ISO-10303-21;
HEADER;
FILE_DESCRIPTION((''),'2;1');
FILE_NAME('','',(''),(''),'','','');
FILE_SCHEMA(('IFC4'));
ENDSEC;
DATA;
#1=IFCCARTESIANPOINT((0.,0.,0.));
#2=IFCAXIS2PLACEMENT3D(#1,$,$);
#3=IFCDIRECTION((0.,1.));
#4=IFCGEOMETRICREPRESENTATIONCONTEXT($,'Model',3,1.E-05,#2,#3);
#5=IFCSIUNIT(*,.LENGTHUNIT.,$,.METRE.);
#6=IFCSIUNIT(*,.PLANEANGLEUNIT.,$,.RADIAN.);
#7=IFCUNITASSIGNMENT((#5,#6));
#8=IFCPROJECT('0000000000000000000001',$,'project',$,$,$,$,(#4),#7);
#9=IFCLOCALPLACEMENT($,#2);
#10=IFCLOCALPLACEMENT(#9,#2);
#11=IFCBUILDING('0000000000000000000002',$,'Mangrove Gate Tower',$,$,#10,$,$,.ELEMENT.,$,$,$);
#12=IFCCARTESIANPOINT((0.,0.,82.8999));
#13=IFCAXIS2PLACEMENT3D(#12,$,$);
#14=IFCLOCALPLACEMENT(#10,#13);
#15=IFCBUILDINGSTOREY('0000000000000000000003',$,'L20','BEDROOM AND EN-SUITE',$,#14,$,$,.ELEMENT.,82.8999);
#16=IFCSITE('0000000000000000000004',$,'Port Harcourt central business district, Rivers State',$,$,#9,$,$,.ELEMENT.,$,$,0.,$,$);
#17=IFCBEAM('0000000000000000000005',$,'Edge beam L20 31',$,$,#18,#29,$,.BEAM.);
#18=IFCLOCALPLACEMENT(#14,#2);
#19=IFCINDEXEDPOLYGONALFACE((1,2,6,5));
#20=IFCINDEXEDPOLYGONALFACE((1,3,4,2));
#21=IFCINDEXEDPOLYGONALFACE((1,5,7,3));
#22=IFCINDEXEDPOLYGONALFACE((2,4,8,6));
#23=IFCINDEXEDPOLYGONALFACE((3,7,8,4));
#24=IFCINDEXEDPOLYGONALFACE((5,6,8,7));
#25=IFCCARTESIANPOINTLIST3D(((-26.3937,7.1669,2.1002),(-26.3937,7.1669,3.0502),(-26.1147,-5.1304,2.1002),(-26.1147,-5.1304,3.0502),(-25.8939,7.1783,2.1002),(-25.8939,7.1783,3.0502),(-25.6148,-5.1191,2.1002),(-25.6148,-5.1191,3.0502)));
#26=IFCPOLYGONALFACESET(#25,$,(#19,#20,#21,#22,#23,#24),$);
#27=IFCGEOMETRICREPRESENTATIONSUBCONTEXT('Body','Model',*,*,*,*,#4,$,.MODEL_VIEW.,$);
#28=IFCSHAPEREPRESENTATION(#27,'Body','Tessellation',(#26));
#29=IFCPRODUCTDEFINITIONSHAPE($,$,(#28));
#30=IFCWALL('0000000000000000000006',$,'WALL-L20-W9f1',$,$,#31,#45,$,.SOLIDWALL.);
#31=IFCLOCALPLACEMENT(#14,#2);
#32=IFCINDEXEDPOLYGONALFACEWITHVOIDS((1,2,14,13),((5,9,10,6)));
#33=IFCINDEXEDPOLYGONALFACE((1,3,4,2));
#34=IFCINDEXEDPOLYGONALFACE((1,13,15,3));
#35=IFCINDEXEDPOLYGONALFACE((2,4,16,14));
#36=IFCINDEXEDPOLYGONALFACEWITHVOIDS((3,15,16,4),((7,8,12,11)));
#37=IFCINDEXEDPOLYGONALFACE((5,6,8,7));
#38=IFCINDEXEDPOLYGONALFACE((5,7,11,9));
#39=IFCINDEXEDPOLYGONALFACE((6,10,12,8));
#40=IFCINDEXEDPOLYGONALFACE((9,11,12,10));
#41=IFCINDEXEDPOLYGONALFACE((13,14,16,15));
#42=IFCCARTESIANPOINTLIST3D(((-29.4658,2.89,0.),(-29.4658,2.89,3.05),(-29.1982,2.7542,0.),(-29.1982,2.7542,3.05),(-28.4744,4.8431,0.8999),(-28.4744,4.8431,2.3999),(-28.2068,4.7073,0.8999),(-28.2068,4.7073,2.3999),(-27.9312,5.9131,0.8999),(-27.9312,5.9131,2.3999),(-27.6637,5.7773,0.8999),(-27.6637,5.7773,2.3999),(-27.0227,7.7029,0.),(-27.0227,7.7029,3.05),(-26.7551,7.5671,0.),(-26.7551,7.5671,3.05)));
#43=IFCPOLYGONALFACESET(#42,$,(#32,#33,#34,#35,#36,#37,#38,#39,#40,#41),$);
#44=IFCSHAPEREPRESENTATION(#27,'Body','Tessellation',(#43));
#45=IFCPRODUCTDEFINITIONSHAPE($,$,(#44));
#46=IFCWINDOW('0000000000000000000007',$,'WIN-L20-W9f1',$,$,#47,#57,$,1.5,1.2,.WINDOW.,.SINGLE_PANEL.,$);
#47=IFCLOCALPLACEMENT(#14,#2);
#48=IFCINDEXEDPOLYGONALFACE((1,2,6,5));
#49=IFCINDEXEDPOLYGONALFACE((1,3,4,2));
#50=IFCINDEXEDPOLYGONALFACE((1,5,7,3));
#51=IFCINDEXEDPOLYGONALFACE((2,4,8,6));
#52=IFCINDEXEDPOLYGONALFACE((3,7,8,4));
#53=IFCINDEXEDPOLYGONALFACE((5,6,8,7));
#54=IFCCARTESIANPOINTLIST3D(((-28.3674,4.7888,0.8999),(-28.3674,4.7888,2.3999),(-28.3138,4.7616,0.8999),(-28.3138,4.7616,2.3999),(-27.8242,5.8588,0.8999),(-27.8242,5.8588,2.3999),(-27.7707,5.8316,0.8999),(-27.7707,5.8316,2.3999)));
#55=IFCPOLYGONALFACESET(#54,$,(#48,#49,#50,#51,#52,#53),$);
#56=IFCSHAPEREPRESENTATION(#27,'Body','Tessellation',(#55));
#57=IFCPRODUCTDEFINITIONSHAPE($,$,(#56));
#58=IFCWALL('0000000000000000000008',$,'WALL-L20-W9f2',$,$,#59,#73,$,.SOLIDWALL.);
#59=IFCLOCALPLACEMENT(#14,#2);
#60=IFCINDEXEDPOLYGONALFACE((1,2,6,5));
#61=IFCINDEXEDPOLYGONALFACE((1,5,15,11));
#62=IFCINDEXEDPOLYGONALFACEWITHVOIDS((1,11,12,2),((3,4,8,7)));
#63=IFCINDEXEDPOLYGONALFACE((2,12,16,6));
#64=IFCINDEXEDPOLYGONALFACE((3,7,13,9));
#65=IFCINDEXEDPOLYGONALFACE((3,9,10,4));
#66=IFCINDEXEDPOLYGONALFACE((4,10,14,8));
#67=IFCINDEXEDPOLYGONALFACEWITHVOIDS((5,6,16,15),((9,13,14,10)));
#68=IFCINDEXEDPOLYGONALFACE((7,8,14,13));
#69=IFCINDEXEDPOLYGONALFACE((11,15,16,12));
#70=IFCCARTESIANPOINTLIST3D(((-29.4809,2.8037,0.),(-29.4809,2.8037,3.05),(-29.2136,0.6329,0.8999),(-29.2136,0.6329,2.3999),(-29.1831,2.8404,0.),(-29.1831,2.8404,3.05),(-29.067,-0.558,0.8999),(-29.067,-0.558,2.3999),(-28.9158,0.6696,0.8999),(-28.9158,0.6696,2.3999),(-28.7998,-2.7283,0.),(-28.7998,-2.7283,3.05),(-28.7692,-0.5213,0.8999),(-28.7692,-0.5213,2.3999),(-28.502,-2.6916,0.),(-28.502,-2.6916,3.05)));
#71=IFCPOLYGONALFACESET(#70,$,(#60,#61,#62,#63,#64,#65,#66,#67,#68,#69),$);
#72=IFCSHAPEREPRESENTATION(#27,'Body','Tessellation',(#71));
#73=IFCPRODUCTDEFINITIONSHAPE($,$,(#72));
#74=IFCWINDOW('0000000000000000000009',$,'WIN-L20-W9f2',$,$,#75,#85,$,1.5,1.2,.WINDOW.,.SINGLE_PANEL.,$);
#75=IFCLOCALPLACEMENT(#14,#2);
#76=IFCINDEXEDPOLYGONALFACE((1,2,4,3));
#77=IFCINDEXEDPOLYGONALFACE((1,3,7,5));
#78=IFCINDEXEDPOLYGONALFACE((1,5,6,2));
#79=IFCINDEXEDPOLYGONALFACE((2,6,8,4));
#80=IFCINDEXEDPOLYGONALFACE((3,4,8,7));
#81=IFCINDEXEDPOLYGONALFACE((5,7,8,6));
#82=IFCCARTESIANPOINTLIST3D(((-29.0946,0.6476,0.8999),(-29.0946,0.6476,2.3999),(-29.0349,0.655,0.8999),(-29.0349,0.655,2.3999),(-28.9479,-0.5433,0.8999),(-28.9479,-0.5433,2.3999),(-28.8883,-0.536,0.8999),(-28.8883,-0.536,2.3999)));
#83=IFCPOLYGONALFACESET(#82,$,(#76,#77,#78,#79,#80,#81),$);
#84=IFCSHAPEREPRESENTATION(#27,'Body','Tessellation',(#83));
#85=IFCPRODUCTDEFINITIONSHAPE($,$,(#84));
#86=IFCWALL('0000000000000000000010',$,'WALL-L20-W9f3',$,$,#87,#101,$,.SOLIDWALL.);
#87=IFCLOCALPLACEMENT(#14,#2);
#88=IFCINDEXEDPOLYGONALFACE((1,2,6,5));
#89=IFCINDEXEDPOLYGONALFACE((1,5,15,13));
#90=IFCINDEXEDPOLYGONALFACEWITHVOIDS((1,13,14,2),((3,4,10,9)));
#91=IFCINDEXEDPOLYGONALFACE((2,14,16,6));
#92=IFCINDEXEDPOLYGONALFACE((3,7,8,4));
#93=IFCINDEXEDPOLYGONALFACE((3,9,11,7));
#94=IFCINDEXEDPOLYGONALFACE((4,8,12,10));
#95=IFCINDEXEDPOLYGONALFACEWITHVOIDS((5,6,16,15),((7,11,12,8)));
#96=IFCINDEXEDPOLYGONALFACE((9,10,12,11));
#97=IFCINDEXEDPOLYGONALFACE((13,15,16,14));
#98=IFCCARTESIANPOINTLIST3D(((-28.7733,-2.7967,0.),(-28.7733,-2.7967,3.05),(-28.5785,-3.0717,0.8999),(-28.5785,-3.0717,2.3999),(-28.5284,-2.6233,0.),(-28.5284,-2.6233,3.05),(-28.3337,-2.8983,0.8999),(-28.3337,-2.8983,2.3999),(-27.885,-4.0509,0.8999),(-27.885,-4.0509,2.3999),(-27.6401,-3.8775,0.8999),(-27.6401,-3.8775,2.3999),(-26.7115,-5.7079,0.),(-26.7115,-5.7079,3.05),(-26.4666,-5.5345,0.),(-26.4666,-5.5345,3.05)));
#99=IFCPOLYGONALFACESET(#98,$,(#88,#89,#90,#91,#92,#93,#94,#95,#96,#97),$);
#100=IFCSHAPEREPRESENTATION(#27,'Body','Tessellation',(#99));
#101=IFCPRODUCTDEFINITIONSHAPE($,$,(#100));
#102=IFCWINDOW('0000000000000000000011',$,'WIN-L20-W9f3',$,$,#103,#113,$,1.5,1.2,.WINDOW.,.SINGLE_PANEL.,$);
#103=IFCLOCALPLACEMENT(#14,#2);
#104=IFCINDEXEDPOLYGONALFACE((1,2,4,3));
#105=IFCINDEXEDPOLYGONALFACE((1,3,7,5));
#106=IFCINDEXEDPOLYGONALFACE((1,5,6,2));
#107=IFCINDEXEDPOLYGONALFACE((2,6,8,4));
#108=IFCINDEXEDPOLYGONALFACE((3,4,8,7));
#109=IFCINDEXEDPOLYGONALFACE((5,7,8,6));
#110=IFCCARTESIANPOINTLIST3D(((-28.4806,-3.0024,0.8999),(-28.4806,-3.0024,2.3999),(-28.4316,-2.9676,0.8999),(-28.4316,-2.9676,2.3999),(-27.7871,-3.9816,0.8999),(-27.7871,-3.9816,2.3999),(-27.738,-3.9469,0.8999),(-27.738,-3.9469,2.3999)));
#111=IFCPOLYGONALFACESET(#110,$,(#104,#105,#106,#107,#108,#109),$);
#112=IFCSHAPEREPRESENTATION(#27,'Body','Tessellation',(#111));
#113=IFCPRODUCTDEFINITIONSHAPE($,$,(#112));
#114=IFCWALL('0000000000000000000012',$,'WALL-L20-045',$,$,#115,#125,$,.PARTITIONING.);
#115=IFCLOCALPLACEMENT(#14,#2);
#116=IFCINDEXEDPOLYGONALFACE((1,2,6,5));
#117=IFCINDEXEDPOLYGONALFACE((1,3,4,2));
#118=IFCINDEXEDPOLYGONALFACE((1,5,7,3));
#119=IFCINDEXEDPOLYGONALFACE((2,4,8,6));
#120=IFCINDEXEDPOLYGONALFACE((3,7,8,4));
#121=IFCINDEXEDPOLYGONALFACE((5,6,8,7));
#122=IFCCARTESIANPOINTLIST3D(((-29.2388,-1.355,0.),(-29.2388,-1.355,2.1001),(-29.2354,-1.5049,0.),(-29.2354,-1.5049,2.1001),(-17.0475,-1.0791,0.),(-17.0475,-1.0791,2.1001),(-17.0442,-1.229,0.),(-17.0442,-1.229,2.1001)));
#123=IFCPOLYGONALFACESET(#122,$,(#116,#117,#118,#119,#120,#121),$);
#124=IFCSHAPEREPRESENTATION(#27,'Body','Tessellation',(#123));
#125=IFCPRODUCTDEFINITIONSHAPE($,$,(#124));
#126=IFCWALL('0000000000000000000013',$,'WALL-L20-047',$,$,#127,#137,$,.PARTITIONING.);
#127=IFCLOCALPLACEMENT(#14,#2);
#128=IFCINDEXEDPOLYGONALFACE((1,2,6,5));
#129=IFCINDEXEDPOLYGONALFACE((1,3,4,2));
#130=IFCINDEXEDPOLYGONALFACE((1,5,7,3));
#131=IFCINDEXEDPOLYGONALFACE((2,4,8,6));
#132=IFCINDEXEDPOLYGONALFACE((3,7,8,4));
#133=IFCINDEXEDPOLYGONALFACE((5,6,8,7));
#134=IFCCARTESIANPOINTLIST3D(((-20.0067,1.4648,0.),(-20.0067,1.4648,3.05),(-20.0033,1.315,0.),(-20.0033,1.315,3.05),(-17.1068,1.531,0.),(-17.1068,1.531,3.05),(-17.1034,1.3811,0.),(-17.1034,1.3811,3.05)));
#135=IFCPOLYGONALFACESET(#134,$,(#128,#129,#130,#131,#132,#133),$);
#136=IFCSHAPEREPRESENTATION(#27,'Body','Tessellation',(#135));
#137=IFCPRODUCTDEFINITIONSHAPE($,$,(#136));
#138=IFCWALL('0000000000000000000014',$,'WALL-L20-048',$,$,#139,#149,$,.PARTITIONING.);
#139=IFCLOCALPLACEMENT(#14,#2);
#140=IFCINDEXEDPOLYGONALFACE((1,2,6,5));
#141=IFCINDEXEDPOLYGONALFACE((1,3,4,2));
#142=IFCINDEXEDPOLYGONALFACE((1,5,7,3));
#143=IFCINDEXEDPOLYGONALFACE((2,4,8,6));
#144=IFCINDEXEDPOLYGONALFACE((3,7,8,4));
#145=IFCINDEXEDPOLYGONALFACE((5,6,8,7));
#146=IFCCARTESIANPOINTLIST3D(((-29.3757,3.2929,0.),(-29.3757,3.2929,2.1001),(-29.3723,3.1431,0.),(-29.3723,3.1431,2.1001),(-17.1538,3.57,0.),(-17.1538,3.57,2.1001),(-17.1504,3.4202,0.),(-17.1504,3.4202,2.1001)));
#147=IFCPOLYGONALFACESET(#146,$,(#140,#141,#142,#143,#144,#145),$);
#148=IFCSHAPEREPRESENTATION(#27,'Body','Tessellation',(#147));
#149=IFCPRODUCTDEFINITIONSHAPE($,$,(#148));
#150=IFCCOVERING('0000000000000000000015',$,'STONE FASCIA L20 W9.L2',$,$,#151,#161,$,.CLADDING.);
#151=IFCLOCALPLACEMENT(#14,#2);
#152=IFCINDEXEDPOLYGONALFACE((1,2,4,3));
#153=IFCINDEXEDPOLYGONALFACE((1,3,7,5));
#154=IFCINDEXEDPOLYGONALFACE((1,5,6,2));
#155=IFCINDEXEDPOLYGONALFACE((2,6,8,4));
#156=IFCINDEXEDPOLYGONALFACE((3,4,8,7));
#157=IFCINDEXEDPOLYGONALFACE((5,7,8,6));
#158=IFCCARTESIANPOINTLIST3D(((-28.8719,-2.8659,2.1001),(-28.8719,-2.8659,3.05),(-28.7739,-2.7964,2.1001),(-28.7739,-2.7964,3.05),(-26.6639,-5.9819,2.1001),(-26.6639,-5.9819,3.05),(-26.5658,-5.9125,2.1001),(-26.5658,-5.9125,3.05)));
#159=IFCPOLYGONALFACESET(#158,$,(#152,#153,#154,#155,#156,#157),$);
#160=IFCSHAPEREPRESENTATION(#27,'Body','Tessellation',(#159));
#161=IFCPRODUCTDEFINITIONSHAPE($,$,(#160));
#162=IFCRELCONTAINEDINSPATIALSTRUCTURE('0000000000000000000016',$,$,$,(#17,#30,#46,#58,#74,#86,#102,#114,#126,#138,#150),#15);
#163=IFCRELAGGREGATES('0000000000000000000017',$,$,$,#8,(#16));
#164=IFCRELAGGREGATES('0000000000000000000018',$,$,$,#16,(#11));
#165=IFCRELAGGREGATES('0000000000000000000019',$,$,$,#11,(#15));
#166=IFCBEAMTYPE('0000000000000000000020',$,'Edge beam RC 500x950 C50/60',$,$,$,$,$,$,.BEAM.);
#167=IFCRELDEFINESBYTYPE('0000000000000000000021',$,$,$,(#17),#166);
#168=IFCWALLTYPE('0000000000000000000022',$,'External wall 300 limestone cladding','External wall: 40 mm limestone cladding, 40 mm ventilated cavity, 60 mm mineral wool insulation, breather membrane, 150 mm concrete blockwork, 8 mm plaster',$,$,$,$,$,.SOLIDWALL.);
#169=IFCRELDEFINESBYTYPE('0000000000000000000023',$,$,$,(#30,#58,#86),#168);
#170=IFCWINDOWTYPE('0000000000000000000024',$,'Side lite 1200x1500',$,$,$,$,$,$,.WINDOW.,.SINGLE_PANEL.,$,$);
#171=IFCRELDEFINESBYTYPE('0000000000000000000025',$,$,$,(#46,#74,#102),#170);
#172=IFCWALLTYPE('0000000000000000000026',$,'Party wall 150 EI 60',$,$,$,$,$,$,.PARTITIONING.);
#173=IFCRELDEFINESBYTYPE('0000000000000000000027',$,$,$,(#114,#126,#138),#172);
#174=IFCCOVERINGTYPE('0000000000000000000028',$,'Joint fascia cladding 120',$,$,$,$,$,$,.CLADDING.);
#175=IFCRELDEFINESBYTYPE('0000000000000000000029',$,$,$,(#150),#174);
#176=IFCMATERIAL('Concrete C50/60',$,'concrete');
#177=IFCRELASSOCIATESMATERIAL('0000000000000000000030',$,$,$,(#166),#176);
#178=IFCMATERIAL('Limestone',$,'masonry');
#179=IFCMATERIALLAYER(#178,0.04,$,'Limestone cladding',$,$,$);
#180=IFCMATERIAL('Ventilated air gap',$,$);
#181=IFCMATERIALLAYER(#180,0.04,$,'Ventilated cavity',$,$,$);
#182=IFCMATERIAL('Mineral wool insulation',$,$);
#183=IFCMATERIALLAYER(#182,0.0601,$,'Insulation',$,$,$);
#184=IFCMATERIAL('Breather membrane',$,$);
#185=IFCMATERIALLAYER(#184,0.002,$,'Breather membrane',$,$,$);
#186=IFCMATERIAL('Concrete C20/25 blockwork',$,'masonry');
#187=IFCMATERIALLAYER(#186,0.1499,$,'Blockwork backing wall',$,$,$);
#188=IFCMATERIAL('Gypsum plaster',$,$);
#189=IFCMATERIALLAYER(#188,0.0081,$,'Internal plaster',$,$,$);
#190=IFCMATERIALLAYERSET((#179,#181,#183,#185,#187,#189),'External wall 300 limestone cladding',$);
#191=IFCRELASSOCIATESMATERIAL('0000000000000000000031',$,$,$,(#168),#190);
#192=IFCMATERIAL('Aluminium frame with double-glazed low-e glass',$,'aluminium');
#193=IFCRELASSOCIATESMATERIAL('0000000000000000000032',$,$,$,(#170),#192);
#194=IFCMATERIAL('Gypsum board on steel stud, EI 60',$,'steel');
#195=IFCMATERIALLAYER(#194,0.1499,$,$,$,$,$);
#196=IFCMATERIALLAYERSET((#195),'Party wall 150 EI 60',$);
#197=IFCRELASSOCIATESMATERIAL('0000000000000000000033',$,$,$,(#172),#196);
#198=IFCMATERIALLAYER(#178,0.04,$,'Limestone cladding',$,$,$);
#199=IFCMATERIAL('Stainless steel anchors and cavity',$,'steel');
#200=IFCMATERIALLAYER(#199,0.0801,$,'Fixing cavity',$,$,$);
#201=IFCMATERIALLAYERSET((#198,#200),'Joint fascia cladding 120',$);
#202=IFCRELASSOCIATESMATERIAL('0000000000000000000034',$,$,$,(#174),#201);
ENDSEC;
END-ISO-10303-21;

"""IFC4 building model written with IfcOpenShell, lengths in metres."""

from ifc_helpers import new_model, si_unit, direction, frame, frame_2d, origin, origin_2d, place, context, subcontext, project, spatial, rectangle, extrude, material, layer, layer_set, material_profile, profile_set, type_object, element, fill, save


model = new_model("IFC4")

# Units and contexts
model_context = context("Model", 3, precision=1e-05, world=origin(), true_north=direction((0.0, 1.0)))
body_context = subcontext(model_context, "Body", "Model", "MODEL_VIEW")
ifc_project = project(units=[si_unit("LENGTHUNIT", "METRE"), si_unit("PLANEANGLEUNIT", "RADIAN")], contexts=[model_context])

# Site, building, storey
site_placement = place(None, origin())
site = spatial("IfcSite", under=ifc_project, at=site_placement, Name="Port Harcourt central business district, Rivers State", CompositionType="ELEMENT", RefElevation=0.0)
building_placement = place(site_placement, origin())
building = spatial("IfcBuilding", under=site, at=building_placement, Name="Mangrove Gate Tower", CompositionType="ELEMENT")
storey_placement = place(building_placement, frame((0.0, 0.0, 82.8999)))
storey = spatial("IfcBuildingStorey", under=building, at=storey_placement, Name="L20", Description="BEDROOM AND EN-SUITE", CompositionType="ELEMENT", Elevation=82.8999)

# Beam
ifc_material_1 = material(Name="Concrete C50/60", Category="concrete")
ifc_material_profile = material_profile(ifc_material_1, rectangle(XDim=0.5, YDim=0.95, at=origin_2d()))
ifc_profile_set = profile_set([ifc_material_profile], Name="Concrete C50/60")
beam_type = type_object("IfcBeamType", Name="Edge beam RC 500x950 C50/60", PredefinedType="BEAM", material=ifc_profile_set)
beam_placement = place(storey_placement, frame((-26.1438, 7.1726, 2.5752), z_axis=(0.022686, -0.999743, 0.0), x_axis=(0.999743, 0.022686, 0.0)))
element("IfcBeam", 1, at=beam_placement, inside=storey, type_object=beam_type, Name="Edge beam L20 31", PredefinedType="BEAM", context=body_context, shape_type="SweptSolid", body=[
    extrude(rectangle(XDim=0.5, YDim=0.95, at=origin_2d()), origin(), (0.0, 0.0, 1.0), 12.3005),
])

# Walls, openings, windows
ifc_material_2 = material(Name="Limestone", Category="masonry")
ifc_layer_1 = layer(ifc_material_2, 0.04, Name="Limestone cladding")
ifc_material_3 = material(Name="Ventilated air gap")
ifc_layer_2 = layer(ifc_material_3, 0.04, Name="Ventilated cavity")
ifc_material_4 = material(Name="Mineral wool insulation")
ifc_layer_3 = layer(ifc_material_4, 0.0601, Name="Insulation")
ifc_material_5 = material(Name="Breather membrane")
ifc_layer_4 = layer(ifc_material_5, 0.002, Name="Breather membrane")
ifc_material_6 = material(Name="Concrete C20/25 blockwork", Category="masonry")
ifc_layer_5 = layer(ifc_material_6, 0.1499, Name="Blockwork backing wall")
ifc_material_7 = material(Name="Gypsum plaster")
ifc_layer_6 = layer(ifc_material_7, 0.0081, Name="Internal plaster")
ifc_layer_set_1 = layer_set([ifc_layer_1, ifc_layer_2, ifc_layer_3, ifc_layer_4, ifc_layer_5, ifc_layer_6], Name="External wall 300 limestone cladding")
wall_type_1 = type_object("IfcWallType", Name="External wall 300 limestone cladding", Description="External wall: 40 mm limestone cladding, 40 mm ventilated cavity, 60 mm mineral wool insulation, breather membrane, 150 mm concrete blockwork, 8 mm plaster", PredefinedType="SOLIDWALL", material=ifc_layer_set_1)
wall_1_placement = place(storey_placement, frame((-26.8889, 7.635, 0.0), z_axis=(0.0, 0.0, 1.0), x_axis=(-0.452633, -0.891697, 0.0)))
wall_1 = element("IfcWall", 2, at=wall_1_placement, inside=storey, type_object=wall_type_1, Name="WALL-L20-W9f1", PredefinedType="SOLIDWALL", context=body_context, shape_type="SweptSolid", body=[
    extrude(rectangle(XDim=5.3975, YDim=0.3, at=frame_2d((2.6987, 0.0))), origin(), (0.0, 0.0, 1.0), 3.05),
])
opening_1_placement = place(wall_1_placement, frame((2.0071, 0.0, 0.8999)))
opening_1 = element("IfcOpeningElement", 3, at=opening_1_placement, cuts=wall_1, PredefinedType="OPENING", context=body_context, shape_type="SweptSolid", body=[
    extrude(rectangle(XDim=1.2, YDim=1.5, at=frame_2d((0.6001, 0.75))), frame((0.0, 0.1599, 0.0), z_axis=(0.0, -1.0, 0.0), x_axis=(1.0, 0.0, 0.0)), (0.0, 0.0, 1.0), 0.3201),
])
ifc_material_8 = material(Name="Aluminium frame with double-glazed low-e glass", Category="aluminium")
window_type = type_object("IfcWindowType", Name="Side lite 1200x1500", PartitioningType="SINGLE_PANEL", PredefinedType="WINDOW", material=ifc_material_8)
window_1_placement = place(opening_1_placement, origin())
window_1 = element("IfcWindow", 4, at=window_1_placement, inside=storey, type_object=window_type, Name="WIN-L20-W9f1", OverallHeight=1.5, OverallWidth=1.2, PartitioningType="SINGLE_PANEL", PredefinedType="WINDOW", context=body_context, shape_type="SweptSolid", body=[
    extrude(rectangle(XDim=1.2, YDim=1.5, at=frame_2d((0.6001, 0.75))), frame((0.0, 0.03, 0.0), z_axis=(0.0, -1.0, 0.0), x_axis=(1.0, 0.0, 0.0)), (0.0, 0.0, 1.0), 0.0601),
])
fill(opening_1, window_1)
wall_2_placement = place(storey_placement, frame((-29.332, 2.822, 0.0), z_axis=(0.0, 0.0, 1.0), x_axis=(0.122207, -0.992505, 0.0)))
wall_2 = element("IfcWall", 5, at=wall_2_placement, inside=storey, type_object=wall_type_1, Name="WALL-L20-W9f2", PredefinedType="SOLIDWALL", context=body_context, shape_type="SweptSolid", body=[
    extrude(rectangle(XDim=5.5737, YDim=0.3, at=frame_2d((2.7869, 0.0))), origin(), (0.0, 0.0, 1.0), 3.05),
])
opening_2_placement = place(wall_2_placement, frame((2.187, 0.0, 0.8999)))
opening_2 = element("IfcOpeningElement", 6, at=opening_2_placement, cuts=wall_2, PredefinedType="OPENING", context=body_context, shape_type="SweptSolid", body=[
    extrude(rectangle(XDim=1.2, YDim=1.5, at=frame_2d((0.6001, 0.75))), frame((0.0, 0.1599, 0.0), z_axis=(0.0, -1.0, 0.0), x_axis=(1.0, 0.0, 0.0)), (0.0, 0.0, 1.0), 0.3201),
])
window_2_placement = place(opening_2_placement, origin())
window_2 = element("IfcWindow", 7, at=window_2_placement, inside=storey, type_object=window_type, Name="WIN-L20-W9f2", OverallHeight=1.5, OverallWidth=1.2, PartitioningType="SINGLE_PANEL", PredefinedType="WINDOW", context=body_context, shape_type="SweptSolid", body=[
    extrude(rectangle(XDim=1.2, YDim=1.5, at=frame_2d((0.6001, 0.75))), frame((0.0, 0.03, 0.0), z_axis=(0.0, -1.0, 0.0), x_axis=(1.0, 0.0, 0.0)), (0.0, 0.0, 1.0), 0.0601),
])
fill(opening_2, window_2)
wall_3_placement = place(storey_placement, frame((-28.6509, -2.71, 0.0), z_axis=(0.0, 0.0, 1.0), x_axis=(0.577964, -0.816062, 0.0)))
wall_3 = element("IfcWall", 8, at=wall_3_placement, inside=storey, type_object=wall_type_1, Name="WALL-L20-W9f3", PredefinedType="SOLIDWALL", context=body_context, shape_type="SweptSolid", body=[
    extrude(rectangle(XDim=3.5674, YDim=0.3, at=frame_2d((1.7837, 0.0))), origin(), (0.0, 0.0, 1.0), 3.05),
])
opening_3_placement = place(wall_3_placement, frame((0.3369, 0.0, 0.8999)))
opening_3 = element("IfcOpeningElement", 9, at=opening_3_placement, cuts=wall_3, PredefinedType="OPENING", context=body_context, shape_type="SweptSolid", body=[
    extrude(rectangle(XDim=1.2, YDim=1.5, at=frame_2d((0.6001, 0.75))), frame((0.0, 0.1599, 0.0), z_axis=(0.0, -1.0, 0.0), x_axis=(1.0, 0.0, 0.0)), (0.0, 0.0, 1.0), 0.3201),
])
window_3_placement = place(opening_3_placement, origin())
window_3 = element("IfcWindow", 10, at=window_3_placement, inside=storey, type_object=window_type, Name="WIN-L20-W9f3", OverallHeight=1.5, OverallWidth=1.2, PartitioningType="SINGLE_PANEL", PredefinedType="WINDOW", context=body_context, shape_type="SweptSolid", body=[
    extrude(rectangle(XDim=1.2, YDim=1.5, at=frame_2d((0.6001, 0.75))), frame((0.0, 0.03, 0.0), z_axis=(0.0, -1.0, 0.0), x_axis=(1.0, 0.0, 0.0)), (0.0, 0.0, 1.0), 0.0601),
])
fill(opening_3, window_3)

# Walls
ifc_material_9 = material(Name="Gypsum board on steel stud, EI 60", Category="steel")
ifc_layer_7 = layer(ifc_material_9, 0.1499)
ifc_layer_set_2 = layer_set([ifc_layer_7], Name="Party wall 150 EI 60")
wall_type_2 = type_object("IfcWallType", Name="Party wall 150 EI 60", PredefinedType="PARTITIONING", material=ifc_layer_set_2)
wall_4_placement = place(storey_placement, frame((-29.2371, -1.4299, 0.0), z_axis=(0.0, 0.0, 1.0), x_axis=(0.999744, 0.022624, 0.0)))
element("IfcWall", 11, at=wall_4_placement, inside=storey, type_object=wall_type_2, Name="WALL-L20-045", PredefinedType="PARTITIONING", context=body_context, shape_type="SweptSolid", body=[
    extrude(rectangle(XDim=12.1943, YDim=0.1499, at=frame_2d((6.0972, 0.0))), origin(), (0.0, 0.0, 1.0), 2.1001),
])
wall_5_placement = place(storey_placement, frame((-20.0049, 1.3899, 0.0), z_axis=(0.0, 0.0, 1.0), x_axis=(0.99974, 0.022809, 0.0)))
element("IfcWall", 12, at=wall_5_placement, inside=storey, type_object=wall_type_2, Name="WALL-L20-047", PredefinedType="PARTITIONING", context=body_context, shape_type="SweptSolid", body=[
    extrude(rectangle(XDim=2.9006, YDim=0.1499, at=frame_2d((1.4502, 0.0))), origin(), (0.0, 0.0, 1.0), 3.05),
])
wall_6_placement = place(storey_placement, frame((-29.374, 3.218, 0.0), z_axis=(0.0, 0.0, 1.0), x_axis=(0.999743, 0.022667, 0.0)))
element("IfcWall", 13, at=wall_6_placement, inside=storey, type_object=wall_type_2, Name="WALL-L20-048", PredefinedType="PARTITIONING", context=body_context, shape_type="SweptSolid", body=[
    extrude(rectangle(XDim=12.2251, YDim=0.1499, at=frame_2d((6.1125, 0.0))), origin(), (0.0, 0.0, 1.0), 2.1001),
])

# Covering
ifc_layer_8 = layer(ifc_material_2, 0.04, Name="Limestone cladding")
ifc_material_10 = material(Name="Stainless steel anchors and cavity", Category="steel")
ifc_layer_9 = layer(ifc_material_10, 0.0801, Name="Fixing cavity")
ifc_layer_set_3 = layer_set([ifc_layer_8, ifc_layer_9], Name="Joint fascia cladding 120")
covering_type = type_object("IfcCoveringType", Name="Joint fascia cladding 120", PredefinedType="CLADDING", material=ifc_layer_set_3)
covering_placement = place(storey_placement, frame((-28.823, -2.8311, 2.1001), z_axis=(0.0, 0.0, 1.0), x_axis=(0.578168, -0.815918, 0.0)))
element("IfcCovering", 14, at=covering_placement, inside=storey, type_object=covering_type, Name="STONE FASCIA L20 W9.L2", PredefinedType="CLADDING", context=body_context, shape_type="SweptSolid", body=[
    extrude(rectangle(XDim=3.8191, YDim=0.1201, at=frame_2d((1.9097, 0.0))), origin(), (0.0, 0.0, 1.0), 0.95),
])

save(model, "model.ifc")
